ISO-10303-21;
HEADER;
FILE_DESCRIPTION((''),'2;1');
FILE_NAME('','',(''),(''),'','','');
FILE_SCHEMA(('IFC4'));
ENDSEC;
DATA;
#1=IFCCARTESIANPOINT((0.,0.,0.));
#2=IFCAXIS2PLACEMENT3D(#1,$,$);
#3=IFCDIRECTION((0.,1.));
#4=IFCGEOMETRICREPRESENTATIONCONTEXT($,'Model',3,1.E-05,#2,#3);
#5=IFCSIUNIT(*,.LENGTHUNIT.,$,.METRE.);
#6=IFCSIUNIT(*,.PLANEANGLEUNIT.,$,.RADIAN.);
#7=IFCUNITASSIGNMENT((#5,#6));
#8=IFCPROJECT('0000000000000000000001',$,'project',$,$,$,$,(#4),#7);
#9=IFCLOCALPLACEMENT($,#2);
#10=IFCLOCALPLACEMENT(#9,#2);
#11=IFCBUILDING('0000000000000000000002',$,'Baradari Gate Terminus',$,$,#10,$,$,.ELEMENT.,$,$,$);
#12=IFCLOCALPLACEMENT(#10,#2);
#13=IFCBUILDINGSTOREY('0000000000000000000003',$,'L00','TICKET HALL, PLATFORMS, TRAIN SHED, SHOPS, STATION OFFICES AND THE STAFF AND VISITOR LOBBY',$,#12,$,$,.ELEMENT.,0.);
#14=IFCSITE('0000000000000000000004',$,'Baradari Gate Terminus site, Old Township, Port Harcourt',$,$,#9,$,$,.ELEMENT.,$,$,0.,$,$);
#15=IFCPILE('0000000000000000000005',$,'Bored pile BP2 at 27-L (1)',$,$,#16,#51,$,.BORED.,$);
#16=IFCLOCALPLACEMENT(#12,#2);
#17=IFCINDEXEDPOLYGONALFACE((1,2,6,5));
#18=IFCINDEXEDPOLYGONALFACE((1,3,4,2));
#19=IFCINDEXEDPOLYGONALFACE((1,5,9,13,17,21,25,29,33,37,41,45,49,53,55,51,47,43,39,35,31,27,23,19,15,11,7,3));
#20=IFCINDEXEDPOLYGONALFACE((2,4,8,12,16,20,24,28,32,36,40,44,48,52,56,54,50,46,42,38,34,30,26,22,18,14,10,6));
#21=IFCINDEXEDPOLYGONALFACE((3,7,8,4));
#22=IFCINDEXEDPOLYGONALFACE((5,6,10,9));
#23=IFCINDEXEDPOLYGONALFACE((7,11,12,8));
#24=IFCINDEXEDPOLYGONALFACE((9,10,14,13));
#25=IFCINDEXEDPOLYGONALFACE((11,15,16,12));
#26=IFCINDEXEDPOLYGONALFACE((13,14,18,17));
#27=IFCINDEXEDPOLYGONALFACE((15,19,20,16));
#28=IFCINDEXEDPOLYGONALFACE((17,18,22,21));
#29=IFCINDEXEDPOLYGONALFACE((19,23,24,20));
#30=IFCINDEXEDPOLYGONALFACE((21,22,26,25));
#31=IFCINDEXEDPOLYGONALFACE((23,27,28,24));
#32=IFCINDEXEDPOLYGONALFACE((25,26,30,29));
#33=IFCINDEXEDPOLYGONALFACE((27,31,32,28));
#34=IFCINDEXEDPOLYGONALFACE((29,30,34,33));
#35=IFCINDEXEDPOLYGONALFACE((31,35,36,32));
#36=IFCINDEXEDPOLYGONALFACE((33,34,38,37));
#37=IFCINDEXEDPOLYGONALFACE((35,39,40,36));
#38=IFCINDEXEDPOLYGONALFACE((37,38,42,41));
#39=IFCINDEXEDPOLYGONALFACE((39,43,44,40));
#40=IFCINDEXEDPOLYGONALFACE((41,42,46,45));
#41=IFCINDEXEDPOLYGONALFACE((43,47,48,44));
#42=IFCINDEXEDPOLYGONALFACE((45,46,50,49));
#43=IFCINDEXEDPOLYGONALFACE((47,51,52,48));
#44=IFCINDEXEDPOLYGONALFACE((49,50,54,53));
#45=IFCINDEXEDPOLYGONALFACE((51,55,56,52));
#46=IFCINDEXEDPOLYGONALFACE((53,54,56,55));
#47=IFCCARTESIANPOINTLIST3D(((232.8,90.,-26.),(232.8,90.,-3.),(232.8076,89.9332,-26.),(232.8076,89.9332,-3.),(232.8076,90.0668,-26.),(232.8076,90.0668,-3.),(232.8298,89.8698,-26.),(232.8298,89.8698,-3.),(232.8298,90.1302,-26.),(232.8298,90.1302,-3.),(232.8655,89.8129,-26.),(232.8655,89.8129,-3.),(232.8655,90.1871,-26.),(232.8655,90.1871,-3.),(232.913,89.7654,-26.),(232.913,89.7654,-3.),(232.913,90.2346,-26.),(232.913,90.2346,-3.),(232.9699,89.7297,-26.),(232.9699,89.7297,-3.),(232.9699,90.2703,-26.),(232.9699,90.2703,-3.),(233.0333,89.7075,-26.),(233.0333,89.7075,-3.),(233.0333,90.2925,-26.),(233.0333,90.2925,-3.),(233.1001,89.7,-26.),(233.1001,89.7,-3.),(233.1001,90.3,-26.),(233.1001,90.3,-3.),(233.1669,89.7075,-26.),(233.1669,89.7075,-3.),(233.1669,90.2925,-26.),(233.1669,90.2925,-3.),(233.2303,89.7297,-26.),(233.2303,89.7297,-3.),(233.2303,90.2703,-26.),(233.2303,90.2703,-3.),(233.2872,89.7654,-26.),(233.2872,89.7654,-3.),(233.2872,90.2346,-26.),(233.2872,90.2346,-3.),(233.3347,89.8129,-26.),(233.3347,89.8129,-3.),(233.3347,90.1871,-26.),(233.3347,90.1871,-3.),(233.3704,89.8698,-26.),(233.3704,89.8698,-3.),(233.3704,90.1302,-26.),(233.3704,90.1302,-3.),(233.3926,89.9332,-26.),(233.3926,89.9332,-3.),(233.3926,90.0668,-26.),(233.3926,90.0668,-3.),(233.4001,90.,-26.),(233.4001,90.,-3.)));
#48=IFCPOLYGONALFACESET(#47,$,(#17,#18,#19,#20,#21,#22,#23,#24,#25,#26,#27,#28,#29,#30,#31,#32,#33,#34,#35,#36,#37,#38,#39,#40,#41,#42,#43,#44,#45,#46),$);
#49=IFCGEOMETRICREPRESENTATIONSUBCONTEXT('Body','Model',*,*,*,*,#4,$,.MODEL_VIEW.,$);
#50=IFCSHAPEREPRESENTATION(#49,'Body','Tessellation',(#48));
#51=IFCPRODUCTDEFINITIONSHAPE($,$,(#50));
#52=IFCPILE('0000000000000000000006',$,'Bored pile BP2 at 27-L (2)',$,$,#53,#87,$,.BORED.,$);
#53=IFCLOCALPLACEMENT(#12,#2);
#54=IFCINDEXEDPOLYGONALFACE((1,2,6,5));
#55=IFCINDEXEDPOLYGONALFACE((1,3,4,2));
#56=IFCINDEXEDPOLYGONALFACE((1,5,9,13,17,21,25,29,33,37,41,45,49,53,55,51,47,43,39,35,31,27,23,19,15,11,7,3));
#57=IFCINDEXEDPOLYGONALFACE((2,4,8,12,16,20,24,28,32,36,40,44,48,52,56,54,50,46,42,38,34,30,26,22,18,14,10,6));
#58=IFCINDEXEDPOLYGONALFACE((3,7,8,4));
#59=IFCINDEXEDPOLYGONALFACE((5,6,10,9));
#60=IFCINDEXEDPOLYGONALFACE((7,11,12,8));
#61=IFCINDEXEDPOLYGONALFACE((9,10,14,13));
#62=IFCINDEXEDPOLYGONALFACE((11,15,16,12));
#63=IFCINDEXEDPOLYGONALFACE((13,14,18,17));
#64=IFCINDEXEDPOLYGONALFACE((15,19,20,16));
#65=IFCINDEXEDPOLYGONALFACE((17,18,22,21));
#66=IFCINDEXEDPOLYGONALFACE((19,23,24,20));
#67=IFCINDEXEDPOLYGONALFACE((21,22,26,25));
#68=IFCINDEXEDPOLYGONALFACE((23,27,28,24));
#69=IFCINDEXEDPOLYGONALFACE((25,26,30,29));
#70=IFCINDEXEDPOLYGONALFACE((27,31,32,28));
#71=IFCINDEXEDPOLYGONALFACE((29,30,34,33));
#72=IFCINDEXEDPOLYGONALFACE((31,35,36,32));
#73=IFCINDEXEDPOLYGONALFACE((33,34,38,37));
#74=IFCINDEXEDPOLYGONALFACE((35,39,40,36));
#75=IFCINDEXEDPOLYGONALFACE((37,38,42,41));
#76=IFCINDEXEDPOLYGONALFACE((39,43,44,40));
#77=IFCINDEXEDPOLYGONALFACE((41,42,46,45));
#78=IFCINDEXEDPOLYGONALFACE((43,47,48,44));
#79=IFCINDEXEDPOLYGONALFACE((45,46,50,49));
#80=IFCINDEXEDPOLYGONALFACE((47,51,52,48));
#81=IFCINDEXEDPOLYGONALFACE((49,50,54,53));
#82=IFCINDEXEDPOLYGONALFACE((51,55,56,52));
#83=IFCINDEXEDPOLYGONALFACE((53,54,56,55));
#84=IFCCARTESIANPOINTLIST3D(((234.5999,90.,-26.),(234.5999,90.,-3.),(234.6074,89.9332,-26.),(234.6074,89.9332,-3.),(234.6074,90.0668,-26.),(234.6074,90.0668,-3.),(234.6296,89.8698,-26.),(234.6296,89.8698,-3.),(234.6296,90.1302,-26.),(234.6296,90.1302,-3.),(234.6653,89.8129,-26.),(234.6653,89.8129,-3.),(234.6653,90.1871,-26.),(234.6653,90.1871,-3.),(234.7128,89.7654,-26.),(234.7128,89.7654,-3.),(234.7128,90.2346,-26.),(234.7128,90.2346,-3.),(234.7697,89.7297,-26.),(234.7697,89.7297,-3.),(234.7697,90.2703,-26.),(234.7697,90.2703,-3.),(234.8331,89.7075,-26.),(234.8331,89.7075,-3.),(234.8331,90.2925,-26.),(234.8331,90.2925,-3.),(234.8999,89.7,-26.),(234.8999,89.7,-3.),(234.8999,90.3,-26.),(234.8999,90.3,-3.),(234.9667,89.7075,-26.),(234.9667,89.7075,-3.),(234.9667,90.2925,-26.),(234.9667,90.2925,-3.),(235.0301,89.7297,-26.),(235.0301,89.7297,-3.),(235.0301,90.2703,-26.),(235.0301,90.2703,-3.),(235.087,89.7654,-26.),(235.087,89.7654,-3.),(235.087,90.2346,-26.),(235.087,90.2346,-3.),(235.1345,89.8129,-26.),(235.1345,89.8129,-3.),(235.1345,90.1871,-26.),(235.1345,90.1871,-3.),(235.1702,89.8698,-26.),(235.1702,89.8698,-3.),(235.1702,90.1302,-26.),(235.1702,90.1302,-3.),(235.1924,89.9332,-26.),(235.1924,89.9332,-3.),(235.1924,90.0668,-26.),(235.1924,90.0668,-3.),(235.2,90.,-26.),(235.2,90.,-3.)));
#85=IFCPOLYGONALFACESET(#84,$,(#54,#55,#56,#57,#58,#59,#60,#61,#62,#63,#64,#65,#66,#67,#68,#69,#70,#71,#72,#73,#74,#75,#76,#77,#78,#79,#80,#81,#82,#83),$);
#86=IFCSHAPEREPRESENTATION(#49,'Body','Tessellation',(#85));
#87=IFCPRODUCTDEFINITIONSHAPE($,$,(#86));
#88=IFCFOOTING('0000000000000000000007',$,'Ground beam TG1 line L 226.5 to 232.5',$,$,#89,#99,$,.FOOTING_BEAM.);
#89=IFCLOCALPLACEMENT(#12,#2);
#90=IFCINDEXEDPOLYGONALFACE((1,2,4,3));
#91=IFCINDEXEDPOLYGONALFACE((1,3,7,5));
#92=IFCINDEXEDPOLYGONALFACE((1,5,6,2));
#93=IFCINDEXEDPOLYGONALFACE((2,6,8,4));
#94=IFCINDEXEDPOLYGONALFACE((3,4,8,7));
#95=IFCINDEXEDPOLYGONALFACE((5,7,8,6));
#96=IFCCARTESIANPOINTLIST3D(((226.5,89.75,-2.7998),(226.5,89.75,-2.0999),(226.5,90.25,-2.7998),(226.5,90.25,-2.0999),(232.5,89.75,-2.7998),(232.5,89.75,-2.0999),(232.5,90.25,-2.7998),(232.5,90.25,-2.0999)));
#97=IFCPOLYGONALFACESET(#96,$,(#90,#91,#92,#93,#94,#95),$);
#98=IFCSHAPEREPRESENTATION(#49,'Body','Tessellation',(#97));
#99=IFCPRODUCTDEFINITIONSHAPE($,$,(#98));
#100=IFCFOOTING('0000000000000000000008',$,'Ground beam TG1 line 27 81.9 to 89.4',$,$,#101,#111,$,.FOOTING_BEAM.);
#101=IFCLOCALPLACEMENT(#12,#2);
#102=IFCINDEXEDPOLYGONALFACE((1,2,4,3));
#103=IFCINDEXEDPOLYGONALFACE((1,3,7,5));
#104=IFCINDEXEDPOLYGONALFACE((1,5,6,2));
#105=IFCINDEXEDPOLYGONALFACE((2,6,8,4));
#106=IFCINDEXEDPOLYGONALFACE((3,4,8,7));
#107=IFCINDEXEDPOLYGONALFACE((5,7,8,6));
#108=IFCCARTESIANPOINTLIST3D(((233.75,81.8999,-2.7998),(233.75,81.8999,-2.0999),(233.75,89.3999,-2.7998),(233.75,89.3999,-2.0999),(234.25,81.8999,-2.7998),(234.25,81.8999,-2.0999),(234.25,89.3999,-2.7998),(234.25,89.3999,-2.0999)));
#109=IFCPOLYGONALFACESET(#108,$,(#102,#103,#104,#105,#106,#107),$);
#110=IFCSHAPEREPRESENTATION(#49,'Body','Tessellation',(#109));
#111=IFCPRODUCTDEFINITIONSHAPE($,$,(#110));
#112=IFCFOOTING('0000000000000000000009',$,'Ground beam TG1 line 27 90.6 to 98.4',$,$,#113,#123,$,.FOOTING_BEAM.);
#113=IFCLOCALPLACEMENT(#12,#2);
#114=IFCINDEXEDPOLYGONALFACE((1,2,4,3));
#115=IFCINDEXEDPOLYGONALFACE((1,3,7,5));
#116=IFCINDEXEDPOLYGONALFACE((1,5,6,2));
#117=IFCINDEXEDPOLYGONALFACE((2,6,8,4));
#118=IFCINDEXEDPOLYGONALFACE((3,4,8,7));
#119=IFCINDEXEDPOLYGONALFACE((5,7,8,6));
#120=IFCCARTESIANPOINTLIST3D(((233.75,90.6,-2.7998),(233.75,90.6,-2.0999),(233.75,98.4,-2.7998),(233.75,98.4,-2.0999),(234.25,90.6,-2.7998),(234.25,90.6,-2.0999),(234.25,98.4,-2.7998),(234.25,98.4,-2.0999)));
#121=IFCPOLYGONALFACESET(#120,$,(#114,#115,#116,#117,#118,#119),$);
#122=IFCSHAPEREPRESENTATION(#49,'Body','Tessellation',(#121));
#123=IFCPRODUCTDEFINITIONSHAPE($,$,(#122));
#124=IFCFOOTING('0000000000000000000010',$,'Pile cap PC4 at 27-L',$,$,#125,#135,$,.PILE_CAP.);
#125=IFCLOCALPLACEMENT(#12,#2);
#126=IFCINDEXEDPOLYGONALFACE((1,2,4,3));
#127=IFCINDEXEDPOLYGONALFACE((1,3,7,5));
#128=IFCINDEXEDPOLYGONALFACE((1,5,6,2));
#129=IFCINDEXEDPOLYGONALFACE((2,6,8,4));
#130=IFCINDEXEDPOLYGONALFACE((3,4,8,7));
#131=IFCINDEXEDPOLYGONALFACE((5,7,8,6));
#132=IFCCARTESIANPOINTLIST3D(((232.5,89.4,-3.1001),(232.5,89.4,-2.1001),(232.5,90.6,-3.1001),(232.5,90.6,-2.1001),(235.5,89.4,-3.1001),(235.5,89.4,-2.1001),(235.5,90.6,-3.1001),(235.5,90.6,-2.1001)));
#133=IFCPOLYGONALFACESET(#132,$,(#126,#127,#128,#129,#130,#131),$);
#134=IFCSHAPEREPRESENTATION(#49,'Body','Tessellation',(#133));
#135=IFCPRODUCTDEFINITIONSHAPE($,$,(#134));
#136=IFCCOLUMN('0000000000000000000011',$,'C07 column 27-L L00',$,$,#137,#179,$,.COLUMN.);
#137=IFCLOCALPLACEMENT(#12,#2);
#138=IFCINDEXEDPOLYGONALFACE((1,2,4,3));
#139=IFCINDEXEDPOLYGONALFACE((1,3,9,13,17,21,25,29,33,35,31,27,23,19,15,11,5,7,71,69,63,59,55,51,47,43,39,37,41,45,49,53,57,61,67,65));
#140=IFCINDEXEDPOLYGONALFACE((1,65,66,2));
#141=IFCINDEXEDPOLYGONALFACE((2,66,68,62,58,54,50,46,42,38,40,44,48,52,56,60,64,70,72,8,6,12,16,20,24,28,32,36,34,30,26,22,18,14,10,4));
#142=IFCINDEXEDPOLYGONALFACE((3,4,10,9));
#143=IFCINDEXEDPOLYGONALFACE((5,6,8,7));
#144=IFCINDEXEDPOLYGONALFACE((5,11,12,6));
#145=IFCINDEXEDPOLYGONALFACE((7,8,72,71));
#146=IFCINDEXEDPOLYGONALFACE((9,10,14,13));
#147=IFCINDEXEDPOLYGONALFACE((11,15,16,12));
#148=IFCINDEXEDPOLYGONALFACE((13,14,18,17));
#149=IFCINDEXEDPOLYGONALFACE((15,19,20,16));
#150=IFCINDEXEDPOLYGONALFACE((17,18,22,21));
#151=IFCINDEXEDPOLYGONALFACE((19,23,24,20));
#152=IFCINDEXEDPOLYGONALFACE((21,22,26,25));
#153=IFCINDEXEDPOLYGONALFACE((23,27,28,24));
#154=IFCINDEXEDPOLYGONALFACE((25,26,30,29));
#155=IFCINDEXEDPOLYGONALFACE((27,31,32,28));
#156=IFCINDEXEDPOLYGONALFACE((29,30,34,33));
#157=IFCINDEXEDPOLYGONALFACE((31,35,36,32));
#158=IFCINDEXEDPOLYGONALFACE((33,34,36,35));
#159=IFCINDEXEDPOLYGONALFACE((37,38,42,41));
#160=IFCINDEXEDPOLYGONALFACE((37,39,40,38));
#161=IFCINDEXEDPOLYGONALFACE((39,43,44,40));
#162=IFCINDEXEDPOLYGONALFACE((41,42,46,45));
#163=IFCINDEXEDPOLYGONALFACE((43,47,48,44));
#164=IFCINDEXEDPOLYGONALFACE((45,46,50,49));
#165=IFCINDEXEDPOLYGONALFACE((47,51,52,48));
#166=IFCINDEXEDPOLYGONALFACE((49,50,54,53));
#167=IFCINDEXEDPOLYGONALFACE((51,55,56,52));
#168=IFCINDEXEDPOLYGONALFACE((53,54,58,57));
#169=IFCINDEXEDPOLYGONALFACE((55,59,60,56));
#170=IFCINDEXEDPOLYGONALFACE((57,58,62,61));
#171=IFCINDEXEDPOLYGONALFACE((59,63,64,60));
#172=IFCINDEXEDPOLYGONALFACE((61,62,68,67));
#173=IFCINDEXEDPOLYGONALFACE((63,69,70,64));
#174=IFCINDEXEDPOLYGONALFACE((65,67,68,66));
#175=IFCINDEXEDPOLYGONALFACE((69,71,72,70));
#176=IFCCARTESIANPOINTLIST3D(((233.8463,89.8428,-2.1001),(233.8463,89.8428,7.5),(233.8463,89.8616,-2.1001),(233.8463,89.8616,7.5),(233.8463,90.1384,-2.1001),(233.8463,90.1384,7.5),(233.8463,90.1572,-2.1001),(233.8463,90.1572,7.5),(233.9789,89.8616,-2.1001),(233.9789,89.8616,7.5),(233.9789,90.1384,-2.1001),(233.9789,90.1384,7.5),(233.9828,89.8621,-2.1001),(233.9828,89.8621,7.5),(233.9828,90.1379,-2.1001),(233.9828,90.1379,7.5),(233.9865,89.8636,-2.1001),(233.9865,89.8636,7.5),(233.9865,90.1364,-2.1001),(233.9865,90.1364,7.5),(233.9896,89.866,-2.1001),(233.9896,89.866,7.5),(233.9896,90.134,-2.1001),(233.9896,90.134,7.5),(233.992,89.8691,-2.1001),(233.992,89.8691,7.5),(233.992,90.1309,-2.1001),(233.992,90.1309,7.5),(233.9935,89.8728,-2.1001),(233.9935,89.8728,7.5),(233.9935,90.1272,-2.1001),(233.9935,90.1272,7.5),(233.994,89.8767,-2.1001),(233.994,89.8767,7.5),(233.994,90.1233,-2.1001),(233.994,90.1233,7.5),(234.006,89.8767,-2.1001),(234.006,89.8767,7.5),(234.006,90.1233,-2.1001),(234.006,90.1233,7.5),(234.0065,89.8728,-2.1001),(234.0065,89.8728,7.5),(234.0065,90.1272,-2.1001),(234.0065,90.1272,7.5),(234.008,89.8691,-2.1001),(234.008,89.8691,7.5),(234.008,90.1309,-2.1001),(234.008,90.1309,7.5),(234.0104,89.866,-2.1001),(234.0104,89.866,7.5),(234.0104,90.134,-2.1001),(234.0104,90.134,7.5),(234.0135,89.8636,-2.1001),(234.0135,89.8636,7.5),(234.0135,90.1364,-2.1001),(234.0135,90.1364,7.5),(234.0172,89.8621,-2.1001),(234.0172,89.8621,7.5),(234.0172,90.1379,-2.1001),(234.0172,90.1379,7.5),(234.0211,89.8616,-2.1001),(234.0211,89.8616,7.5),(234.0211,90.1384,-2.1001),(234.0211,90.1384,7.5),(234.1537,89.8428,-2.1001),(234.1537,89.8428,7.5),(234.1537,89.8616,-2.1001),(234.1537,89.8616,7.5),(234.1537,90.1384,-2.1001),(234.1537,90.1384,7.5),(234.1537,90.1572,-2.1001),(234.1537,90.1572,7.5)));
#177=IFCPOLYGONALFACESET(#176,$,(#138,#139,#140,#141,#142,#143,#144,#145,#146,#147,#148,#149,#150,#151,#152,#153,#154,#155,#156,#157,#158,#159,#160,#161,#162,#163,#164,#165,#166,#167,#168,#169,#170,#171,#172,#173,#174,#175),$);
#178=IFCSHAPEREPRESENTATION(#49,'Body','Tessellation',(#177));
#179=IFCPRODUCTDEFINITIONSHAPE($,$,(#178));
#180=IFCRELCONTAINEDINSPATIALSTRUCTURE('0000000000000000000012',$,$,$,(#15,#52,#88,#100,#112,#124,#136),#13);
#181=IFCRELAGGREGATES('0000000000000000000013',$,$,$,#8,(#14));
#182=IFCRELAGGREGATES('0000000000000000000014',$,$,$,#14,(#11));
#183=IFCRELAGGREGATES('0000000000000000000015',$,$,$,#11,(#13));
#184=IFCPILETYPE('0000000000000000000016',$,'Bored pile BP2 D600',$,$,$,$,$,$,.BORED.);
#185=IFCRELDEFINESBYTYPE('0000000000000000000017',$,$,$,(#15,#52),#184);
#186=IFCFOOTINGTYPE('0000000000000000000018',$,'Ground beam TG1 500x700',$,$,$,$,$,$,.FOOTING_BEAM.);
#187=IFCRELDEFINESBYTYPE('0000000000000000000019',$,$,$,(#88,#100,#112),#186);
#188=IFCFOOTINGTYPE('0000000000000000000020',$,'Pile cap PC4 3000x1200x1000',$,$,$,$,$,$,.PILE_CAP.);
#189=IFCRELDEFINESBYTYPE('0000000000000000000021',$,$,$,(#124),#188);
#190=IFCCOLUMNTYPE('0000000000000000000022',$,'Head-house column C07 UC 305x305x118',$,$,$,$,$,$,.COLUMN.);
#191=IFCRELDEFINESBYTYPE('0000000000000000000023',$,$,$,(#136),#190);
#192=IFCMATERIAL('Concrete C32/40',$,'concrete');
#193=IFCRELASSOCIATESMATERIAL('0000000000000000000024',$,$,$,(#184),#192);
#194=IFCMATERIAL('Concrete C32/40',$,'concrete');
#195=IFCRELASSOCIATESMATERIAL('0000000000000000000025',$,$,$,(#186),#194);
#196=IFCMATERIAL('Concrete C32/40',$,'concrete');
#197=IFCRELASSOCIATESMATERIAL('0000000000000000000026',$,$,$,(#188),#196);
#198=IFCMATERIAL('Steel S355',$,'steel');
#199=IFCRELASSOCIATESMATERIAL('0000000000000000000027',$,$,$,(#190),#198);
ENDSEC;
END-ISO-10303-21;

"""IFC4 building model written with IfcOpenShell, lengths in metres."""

from ifc_helpers import new_model, si_unit, direction, frame, origin, origin_2d, place, context, subcontext, project, spatial, rectangle, circle, i_section, extrude, material, material_profile, profile_set, type_object, element, save


model = new_model("IFC4")

# Units and contexts
model_context = context("Model", 3, precision=1e-05, world=origin(), true_north=direction((0.0, 1.0)))
body_context = subcontext(model_context, "Body", "Model", "MODEL_VIEW")
ifc_project = project(units=[si_unit("LENGTHUNIT", "METRE"), si_unit("PLANEANGLEUNIT", "RADIAN")], contexts=[model_context])

# Site, building, storey
site_placement = place(None, origin())
site = spatial("IfcSite", under=ifc_project, at=site_placement, Name="Baradari Gate Terminus site, Old Township, Port Harcourt", CompositionType="ELEMENT", RefElevation=0.0)
building_placement = place(site_placement, origin())
building = spatial("IfcBuilding", under=site, at=building_placement, Name="Baradari Gate Terminus", CompositionType="ELEMENT")
storey_placement = place(building_placement, origin())
storey = spatial("IfcBuildingStorey", under=building, at=storey_placement, Name="L00", Description="TICKET HALL, PLATFORMS, TRAIN SHED, SHOPS, STATION OFFICES AND THE STAFF AND VISITOR LOBBY", CompositionType="ELEMENT", Elevation=0.0)

# Piles
ifc_material_1 = material(Name="Concrete C32/40", Category="concrete")
pile_type = type_object("IfcPileType", Name="Bored pile BP2 D600", PredefinedType="BORED", material=ifc_material_1)
for number, where, z_axis, x_axis, name in (
    (1, (233.1001, 90.0, -3.0), (0.0, 0.0, -1.0), (1.0, 0.0, 0.0), "Bored pile BP2 at 27-L (1)"),
    (2, (234.8999, 90.0, -3.0), (0.0, 0.0, -1.0), (1.0, 0.0, 0.0), "Bored pile BP2 at 27-L (2)"),
):
    element("IfcPile", number, at=place(storey_placement, frame(where, z_axis=z_axis, x_axis=x_axis)), inside=storey, type_object=pile_type, Name=name, PredefinedType="BORED", context=body_context, shape_type="SweptSolid", body=[
        extrude(circle(Radius=0.3, at=origin_2d()), origin(), (0.0, 0.0, 1.0), 23.0),
    ])

# Footings
ifc_material_2 = material(Name="Concrete C32/40", Category="concrete")
footing_type_1 = type_object("IfcFootingType", Name="Ground beam TG1 500x700", PredefinedType="FOOTING_BEAM", material=ifc_material_2)
footing_1_placement = place(storey_placement, frame((229.5, 90.0, -2.7998), z_axis=(0.0, 0.0, 1.0), x_axis=(1.0, 0.0, 0.0)))
element("IfcFooting", 3, at=footing_1_placement, inside=storey, type_object=footing_type_1, Name="Ground beam TG1 line L 226.5 to 232.5", PredefinedType="FOOTING_BEAM", context=body_context, shape_type="SweptSolid", body=[
    extrude(rectangle(XDim=6.0, YDim=0.5, at=origin_2d()), origin(), (0.0, 0.0, 1.0), 0.7),
])
footing_2_placement = place(storey_placement, frame((234.0, 85.6499, -2.7998), z_axis=(0.0, 0.0, 1.0), x_axis=(1.0, 0.0, 0.0)))
element("IfcFooting", 4, at=footing_2_placement, inside=storey, type_object=footing_type_1, Name="Ground beam TG1 line 27 81.9 to 89.4", PredefinedType="FOOTING_BEAM", context=body_context, shape_type="SweptSolid", body=[
    extrude(rectangle(XDim=0.5, YDim=7.5, at=origin_2d()), origin(), (0.0, 0.0, 1.0), 0.7),
])
footing_3_placement = place(storey_placement, frame((234.0, 94.5, -2.7998), z_axis=(0.0, 0.0, 1.0), x_axis=(1.0, 0.0, 0.0)))
element("IfcFooting", 5, at=footing_3_placement, inside=storey, type_object=footing_type_1, Name="Ground beam TG1 line 27 90.6 to 98.4", PredefinedType="FOOTING_BEAM", context=body_context, shape_type="SweptSolid", body=[
    extrude(rectangle(XDim=0.5, YDim=7.8, at=origin_2d()), origin(), (0.0, 0.0, 1.0), 0.7),
])
ifc_material_3 = material(Name="Concrete C32/40", Category="concrete")
footing_type_2 = type_object("IfcFootingType", Name="Pile cap PC4 3000x1200x1000", PredefinedType="PILE_CAP", material=ifc_material_3)
footing_4_placement = place(storey_placement, frame((234.0, 90.0, -3.1001), z_axis=(0.0, 0.0, 1.0), x_axis=(1.0, 0.0, 0.0)))
element("IfcFooting", 6, at=footing_4_placement, inside=storey, type_object=footing_type_2, Name="Pile cap PC4 at 27-L", PredefinedType="PILE_CAP", context=body_context, shape_type="SweptSolid", body=[
    extrude(rectangle(XDim=3.0, YDim=1.2, at=origin_2d()), origin(), (0.0, 0.0, 1.0), 1.0),
])

# Column
ifc_material_4 = material(Name="Steel S355", Category="steel")
ifc_material_profile_1 = material_profile(ifc_material_4, i_section(OverallWidth=0.3074, OverallDepth=0.3145, WebThickness=0.012, FlangeThickness=0.0188, FilletRadius=0.0151, at=origin_2d()), Name="UC 305x305x118")
ifc_profile_set_1 = profile_set([ifc_material_profile_1], Name="Steel S355")
column_type = type_object("IfcColumnType", Name="Head-house column C07 UC 305x305x118", PredefinedType="COLUMN", material=ifc_profile_set_1)
column_placement = place(storey_placement, frame((234.0, 90.0, -2.1001), z_axis=(0.0, 0.0, 1.0), x_axis=(1.0, 0.0, 0.0)))
element("IfcColumn", 7, at=column_placement, inside=storey, type_object=column_type, Name="C07 column 27-L L00", PredefinedType="COLUMN", context=body_context, shape_type="SweptSolid", body=[
    extrude(i_section(OverallWidth=0.3074, OverallDepth=0.3145, WebThickness=0.012, FlangeThickness=0.0188, FilletRadius=0.0151, at=origin_2d()), origin(), (0.0, 0.0, 1.0), 9.6001),
])

save(model, "model.ifc")
